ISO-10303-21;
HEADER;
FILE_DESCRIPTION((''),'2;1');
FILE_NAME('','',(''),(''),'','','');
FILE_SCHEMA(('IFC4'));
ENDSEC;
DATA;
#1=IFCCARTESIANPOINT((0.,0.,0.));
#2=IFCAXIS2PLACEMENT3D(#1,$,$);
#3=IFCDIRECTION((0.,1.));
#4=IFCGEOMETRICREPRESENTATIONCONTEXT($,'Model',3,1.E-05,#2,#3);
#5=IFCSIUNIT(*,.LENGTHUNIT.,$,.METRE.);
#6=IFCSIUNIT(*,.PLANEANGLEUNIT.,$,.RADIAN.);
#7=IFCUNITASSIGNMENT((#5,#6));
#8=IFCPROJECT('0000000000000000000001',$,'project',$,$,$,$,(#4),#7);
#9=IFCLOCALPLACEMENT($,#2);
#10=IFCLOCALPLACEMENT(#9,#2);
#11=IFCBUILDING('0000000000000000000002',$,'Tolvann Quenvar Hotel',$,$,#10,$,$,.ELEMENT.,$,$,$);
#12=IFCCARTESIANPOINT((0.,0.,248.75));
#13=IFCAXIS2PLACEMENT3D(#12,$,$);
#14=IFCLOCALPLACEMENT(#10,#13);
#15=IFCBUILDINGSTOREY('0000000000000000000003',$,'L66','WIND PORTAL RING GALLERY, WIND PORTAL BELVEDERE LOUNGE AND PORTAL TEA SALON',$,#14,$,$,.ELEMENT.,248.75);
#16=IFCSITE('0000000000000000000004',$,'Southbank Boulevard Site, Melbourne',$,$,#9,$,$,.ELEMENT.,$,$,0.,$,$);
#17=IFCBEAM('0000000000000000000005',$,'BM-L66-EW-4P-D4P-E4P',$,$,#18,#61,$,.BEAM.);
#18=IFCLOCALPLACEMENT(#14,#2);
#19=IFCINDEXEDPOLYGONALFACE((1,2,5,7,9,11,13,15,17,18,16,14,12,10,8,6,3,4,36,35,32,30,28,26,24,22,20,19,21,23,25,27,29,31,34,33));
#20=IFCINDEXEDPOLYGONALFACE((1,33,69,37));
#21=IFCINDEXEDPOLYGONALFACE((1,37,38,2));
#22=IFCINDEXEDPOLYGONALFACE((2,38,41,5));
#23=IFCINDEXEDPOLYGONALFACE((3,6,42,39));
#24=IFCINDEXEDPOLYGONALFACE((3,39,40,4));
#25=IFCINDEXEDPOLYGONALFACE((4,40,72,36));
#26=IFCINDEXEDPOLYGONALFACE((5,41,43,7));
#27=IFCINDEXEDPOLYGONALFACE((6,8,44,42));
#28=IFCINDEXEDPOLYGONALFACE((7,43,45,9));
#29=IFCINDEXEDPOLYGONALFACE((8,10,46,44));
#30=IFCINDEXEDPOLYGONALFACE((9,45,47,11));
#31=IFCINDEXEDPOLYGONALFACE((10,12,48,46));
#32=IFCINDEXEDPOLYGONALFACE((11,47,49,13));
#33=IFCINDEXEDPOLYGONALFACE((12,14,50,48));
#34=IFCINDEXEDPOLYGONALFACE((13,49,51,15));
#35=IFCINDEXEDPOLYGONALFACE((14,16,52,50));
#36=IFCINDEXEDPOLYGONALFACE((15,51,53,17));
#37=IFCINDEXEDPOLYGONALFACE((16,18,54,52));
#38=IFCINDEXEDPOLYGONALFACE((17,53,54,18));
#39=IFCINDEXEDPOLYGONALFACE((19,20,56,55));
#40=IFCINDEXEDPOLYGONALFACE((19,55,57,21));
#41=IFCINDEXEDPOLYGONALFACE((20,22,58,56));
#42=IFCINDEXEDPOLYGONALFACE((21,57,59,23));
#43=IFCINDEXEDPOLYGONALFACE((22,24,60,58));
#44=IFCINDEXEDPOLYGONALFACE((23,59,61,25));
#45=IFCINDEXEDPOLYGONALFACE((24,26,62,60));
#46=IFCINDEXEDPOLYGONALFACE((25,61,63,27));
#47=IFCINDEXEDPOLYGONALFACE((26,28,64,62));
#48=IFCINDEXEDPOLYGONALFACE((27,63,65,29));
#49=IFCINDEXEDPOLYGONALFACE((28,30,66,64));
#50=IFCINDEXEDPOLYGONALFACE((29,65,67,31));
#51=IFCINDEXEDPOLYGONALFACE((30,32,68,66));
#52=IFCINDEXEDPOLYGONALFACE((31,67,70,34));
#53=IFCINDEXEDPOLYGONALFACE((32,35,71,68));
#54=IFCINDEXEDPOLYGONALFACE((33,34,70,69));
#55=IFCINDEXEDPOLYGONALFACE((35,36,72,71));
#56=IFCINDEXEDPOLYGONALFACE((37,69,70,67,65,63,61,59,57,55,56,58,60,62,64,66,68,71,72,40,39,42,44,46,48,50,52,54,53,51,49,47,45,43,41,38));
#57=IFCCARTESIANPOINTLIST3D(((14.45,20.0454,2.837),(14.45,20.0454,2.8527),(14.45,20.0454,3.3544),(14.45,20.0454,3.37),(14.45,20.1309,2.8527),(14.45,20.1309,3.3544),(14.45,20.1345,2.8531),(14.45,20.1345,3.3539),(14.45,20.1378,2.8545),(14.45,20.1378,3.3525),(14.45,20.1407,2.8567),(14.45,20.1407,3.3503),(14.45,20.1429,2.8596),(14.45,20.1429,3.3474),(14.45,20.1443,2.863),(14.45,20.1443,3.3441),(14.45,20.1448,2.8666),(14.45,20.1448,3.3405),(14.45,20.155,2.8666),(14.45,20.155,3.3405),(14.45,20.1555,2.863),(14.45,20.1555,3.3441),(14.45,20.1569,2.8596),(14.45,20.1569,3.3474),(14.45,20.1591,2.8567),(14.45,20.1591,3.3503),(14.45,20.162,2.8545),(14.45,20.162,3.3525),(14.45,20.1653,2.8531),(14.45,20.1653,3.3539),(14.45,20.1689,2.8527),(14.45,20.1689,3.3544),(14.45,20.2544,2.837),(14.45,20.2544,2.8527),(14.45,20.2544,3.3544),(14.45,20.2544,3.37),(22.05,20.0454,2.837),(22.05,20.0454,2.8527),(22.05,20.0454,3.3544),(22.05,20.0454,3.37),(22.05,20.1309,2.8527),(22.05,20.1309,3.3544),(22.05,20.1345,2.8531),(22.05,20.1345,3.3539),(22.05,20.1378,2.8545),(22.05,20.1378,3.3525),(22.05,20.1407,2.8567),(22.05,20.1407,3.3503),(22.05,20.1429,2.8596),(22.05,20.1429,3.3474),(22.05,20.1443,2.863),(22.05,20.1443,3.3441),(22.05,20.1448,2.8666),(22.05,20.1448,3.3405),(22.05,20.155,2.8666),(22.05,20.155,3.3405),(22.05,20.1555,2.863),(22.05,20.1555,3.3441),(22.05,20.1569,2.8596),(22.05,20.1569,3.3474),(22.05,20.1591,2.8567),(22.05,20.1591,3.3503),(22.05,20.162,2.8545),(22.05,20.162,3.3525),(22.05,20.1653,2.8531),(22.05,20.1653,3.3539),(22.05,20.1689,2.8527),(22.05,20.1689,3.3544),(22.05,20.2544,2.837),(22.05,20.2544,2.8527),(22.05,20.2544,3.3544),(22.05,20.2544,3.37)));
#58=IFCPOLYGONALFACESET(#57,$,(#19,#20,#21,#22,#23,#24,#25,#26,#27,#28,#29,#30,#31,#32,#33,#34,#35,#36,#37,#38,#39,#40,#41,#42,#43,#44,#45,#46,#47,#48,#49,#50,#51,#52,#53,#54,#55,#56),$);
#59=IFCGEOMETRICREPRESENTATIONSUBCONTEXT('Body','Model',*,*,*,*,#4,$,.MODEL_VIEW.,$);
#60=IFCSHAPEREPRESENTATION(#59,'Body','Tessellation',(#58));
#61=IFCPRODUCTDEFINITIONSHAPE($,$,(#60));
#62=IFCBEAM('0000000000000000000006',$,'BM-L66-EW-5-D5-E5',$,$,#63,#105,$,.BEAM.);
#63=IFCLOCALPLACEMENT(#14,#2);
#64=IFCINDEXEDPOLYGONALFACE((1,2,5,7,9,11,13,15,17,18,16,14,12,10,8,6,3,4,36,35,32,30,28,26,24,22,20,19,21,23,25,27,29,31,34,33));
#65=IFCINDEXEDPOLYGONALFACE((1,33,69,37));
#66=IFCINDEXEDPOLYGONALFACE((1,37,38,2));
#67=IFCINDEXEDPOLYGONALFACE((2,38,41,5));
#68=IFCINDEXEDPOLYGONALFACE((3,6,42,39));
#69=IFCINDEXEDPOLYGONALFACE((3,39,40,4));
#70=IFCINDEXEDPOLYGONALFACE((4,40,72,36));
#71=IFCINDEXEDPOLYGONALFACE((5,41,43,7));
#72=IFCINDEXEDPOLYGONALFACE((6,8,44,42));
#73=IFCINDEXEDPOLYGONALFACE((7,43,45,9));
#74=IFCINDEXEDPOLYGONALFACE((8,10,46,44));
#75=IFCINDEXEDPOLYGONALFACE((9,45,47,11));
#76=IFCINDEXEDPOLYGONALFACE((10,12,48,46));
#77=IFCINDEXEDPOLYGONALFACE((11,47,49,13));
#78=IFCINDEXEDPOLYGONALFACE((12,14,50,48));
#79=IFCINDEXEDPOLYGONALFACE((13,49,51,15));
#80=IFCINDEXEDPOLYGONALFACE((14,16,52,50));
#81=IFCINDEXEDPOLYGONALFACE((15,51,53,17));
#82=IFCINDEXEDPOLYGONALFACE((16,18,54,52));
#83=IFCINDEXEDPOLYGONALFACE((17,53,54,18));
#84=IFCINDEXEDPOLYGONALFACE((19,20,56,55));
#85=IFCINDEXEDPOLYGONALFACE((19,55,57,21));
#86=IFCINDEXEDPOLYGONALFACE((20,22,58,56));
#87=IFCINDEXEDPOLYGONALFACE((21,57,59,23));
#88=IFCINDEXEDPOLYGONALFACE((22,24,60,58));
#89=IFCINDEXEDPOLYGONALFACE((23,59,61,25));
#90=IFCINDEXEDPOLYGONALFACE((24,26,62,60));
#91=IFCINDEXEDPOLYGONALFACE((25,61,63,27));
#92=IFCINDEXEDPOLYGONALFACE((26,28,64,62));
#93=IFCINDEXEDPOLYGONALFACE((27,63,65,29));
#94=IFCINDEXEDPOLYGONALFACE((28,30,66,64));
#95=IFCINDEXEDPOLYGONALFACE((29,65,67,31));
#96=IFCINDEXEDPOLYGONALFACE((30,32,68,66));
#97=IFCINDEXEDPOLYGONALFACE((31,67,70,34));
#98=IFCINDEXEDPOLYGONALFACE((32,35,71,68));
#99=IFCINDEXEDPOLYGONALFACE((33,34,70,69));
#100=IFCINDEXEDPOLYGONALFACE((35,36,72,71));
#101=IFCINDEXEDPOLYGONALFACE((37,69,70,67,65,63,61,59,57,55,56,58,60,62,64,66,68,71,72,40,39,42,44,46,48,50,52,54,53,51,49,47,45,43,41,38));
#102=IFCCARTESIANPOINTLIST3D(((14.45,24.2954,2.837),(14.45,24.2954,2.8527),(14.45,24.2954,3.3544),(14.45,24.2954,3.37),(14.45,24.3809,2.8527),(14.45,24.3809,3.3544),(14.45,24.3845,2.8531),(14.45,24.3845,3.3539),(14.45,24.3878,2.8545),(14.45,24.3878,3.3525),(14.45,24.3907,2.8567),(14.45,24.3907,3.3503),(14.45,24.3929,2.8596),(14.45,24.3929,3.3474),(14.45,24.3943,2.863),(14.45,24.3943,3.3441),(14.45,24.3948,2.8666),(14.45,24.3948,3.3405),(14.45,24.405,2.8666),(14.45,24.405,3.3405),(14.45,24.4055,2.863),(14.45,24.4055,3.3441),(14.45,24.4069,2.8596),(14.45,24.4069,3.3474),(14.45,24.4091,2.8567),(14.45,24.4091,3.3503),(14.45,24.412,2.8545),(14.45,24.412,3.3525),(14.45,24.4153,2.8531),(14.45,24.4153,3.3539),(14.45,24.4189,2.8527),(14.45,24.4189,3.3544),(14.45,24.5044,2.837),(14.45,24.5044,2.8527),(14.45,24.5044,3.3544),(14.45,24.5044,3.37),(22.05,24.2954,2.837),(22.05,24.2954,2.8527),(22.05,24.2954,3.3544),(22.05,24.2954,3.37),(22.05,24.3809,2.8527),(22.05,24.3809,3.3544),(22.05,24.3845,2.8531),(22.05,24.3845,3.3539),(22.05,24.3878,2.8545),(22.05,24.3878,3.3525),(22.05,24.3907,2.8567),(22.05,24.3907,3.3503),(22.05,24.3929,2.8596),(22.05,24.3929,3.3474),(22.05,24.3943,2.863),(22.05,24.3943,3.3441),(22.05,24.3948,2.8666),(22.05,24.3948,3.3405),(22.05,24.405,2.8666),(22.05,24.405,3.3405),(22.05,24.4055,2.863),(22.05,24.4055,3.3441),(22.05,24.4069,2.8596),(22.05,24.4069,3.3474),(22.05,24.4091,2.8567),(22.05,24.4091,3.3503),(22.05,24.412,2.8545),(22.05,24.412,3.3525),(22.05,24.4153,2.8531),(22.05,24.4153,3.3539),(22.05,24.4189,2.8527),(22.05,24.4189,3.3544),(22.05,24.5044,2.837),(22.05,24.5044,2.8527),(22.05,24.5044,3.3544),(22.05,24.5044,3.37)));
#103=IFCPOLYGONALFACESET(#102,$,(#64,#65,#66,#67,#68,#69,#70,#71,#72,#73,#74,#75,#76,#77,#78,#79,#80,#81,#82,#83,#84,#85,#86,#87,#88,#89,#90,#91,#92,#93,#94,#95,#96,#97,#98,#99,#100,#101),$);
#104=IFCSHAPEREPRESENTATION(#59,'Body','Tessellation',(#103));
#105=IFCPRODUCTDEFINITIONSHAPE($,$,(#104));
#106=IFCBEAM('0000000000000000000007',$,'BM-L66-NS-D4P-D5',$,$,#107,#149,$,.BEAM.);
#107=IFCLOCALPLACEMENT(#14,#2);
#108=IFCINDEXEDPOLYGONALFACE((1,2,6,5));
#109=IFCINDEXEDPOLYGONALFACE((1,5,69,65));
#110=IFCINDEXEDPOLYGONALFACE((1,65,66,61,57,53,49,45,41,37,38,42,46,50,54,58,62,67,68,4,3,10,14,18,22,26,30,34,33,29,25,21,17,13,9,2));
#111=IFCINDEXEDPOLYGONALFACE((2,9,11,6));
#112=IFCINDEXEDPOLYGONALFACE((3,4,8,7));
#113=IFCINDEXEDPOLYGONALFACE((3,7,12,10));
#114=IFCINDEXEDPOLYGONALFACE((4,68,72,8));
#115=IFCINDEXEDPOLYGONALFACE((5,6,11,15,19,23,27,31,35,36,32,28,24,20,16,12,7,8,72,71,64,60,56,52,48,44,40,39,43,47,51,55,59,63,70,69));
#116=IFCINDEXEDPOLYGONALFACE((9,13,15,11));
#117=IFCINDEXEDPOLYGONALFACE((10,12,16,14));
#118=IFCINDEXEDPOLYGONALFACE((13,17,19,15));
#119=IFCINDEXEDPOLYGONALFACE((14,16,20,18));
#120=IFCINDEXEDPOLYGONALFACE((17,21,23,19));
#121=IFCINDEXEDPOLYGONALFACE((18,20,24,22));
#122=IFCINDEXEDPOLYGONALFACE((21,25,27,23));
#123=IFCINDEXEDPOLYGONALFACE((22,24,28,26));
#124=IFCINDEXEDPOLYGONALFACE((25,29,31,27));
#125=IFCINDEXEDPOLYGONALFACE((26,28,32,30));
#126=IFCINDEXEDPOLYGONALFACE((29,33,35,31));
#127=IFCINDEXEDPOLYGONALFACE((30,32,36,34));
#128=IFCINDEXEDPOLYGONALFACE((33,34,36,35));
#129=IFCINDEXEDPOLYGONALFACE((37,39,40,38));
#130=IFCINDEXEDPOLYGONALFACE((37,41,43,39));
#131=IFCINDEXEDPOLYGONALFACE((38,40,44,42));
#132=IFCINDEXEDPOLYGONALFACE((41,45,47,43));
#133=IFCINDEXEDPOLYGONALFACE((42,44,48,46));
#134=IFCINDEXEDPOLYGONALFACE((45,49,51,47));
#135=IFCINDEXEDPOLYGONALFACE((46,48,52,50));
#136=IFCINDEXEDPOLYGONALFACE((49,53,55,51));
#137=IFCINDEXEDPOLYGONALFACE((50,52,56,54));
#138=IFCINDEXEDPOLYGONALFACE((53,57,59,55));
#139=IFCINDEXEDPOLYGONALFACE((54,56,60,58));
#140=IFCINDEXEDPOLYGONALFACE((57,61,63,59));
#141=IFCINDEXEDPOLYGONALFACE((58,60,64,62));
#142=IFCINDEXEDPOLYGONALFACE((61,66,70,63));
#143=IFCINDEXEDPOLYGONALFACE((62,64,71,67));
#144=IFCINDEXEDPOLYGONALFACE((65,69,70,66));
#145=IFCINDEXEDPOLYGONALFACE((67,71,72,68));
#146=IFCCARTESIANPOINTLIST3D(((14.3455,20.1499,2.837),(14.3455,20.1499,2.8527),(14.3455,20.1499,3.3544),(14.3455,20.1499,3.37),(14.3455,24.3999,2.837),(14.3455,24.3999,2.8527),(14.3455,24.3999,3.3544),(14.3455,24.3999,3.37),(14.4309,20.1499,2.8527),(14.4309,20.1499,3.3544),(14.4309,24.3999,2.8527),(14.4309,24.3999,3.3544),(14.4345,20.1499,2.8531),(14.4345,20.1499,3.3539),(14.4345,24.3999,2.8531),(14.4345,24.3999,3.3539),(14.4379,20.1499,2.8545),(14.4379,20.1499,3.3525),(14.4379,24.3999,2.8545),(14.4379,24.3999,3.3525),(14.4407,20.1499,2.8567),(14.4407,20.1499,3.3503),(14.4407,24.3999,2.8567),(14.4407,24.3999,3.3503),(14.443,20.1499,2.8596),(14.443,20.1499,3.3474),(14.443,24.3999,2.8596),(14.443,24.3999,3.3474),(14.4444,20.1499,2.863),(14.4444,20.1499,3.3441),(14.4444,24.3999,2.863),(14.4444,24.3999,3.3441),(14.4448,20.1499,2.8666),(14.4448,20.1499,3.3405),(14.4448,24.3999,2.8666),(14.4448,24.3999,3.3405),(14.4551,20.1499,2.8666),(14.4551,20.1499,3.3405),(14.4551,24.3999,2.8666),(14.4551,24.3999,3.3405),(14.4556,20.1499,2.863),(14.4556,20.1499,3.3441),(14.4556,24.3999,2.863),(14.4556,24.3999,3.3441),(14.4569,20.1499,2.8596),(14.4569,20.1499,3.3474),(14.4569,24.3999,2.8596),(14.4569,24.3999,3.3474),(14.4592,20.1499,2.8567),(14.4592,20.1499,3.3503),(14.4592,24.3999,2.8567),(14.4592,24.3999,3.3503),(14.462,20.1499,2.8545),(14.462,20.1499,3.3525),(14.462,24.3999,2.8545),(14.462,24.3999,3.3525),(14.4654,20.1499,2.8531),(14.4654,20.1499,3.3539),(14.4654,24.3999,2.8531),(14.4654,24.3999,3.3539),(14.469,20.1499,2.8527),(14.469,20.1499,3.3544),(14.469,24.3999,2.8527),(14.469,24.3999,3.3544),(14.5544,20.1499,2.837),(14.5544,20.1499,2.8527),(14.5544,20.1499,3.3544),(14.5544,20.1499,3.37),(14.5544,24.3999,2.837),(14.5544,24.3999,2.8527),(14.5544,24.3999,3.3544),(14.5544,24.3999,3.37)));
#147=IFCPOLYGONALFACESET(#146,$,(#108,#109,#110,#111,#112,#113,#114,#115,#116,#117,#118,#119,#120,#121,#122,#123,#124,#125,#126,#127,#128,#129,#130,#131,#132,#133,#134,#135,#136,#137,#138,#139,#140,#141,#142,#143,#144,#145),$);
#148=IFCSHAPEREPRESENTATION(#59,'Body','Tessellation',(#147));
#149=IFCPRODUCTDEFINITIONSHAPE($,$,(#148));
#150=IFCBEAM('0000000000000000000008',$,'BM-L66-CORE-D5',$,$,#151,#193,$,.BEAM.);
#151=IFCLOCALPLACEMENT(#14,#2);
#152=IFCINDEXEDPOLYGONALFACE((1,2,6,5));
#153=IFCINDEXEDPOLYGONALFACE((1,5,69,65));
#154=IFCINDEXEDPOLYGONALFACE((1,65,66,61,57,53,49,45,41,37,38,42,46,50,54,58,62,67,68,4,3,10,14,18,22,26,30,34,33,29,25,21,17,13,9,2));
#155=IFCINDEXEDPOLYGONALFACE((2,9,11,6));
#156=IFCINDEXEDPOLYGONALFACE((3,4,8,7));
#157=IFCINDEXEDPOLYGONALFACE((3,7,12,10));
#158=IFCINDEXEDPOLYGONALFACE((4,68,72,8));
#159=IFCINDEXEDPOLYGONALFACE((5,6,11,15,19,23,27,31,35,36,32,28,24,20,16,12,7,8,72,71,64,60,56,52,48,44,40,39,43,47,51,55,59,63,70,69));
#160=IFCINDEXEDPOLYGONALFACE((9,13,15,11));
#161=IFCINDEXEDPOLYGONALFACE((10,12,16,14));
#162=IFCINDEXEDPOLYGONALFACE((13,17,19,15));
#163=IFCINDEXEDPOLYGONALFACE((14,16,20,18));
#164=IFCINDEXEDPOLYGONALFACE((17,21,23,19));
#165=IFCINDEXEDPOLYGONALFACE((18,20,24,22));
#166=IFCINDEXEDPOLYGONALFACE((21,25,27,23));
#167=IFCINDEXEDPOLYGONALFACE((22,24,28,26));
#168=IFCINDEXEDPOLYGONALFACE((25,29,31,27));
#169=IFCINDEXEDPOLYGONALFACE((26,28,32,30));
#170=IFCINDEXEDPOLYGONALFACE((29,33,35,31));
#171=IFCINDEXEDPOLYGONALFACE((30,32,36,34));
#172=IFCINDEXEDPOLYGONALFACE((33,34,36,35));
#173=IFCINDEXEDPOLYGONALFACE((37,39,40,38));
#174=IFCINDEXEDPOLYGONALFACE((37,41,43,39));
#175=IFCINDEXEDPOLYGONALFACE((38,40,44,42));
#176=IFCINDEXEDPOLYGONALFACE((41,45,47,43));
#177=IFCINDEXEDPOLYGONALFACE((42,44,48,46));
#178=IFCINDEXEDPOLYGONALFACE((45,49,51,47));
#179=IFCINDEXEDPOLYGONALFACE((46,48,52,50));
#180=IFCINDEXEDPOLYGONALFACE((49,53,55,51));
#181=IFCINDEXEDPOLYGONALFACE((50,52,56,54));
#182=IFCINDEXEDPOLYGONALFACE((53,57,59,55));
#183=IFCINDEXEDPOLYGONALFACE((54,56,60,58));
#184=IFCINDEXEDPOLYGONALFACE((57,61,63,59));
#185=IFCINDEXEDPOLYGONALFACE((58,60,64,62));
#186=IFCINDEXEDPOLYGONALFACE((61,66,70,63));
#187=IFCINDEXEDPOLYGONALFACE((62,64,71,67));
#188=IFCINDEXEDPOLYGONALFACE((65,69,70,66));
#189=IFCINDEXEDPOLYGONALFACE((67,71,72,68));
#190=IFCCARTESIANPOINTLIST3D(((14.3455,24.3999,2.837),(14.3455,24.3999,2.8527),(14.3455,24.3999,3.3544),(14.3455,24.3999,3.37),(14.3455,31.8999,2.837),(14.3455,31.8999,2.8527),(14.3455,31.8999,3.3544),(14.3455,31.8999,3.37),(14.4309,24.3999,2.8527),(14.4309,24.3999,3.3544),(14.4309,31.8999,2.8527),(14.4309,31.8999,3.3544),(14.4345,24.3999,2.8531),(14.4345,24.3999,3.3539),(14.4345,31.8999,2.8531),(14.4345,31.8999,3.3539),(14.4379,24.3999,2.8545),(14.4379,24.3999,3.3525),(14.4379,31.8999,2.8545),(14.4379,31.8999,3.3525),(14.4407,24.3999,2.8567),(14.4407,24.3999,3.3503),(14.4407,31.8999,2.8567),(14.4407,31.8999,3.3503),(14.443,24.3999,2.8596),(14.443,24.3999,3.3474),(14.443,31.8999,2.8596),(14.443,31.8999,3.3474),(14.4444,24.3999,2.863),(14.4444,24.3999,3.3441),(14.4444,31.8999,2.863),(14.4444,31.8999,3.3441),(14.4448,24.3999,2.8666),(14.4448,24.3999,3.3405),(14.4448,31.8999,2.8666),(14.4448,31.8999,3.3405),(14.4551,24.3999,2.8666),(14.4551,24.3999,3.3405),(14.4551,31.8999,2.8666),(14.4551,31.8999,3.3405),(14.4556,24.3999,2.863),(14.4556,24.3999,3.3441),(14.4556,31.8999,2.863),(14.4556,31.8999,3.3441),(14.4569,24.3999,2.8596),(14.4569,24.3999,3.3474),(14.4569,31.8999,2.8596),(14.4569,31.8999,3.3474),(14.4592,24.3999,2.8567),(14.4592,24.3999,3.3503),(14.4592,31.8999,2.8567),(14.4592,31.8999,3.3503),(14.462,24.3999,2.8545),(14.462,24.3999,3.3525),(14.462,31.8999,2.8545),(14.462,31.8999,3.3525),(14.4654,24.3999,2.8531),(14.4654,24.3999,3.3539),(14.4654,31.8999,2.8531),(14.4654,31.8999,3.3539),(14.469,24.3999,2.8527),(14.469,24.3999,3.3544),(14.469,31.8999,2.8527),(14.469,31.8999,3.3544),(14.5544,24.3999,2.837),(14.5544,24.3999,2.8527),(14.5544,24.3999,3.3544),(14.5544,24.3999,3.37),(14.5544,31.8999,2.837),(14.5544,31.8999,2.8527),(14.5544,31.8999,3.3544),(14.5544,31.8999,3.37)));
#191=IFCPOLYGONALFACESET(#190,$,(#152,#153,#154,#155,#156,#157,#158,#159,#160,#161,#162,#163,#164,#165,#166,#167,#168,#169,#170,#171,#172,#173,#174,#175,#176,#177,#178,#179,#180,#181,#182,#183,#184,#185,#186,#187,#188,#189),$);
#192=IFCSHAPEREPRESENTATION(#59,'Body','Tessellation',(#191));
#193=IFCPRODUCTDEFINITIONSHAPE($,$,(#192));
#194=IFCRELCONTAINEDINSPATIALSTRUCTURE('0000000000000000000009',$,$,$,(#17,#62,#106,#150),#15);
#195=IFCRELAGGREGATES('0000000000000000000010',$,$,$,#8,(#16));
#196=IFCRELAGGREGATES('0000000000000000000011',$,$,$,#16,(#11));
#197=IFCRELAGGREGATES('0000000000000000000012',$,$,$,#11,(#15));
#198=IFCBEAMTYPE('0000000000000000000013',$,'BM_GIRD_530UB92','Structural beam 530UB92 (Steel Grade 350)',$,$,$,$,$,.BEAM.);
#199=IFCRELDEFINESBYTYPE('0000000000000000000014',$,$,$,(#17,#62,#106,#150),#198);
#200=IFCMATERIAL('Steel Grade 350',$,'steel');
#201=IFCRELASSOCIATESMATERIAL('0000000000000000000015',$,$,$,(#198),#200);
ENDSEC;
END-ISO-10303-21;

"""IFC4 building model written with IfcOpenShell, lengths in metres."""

from ifc_helpers import new_model, si_unit, direction, frame, origin, origin_2d, place, context, subcontext, project, spatial, i_section, extrude, source, transform, mapped, material, material_profile, profile_set, type_object, type_shapes, element, save


model = new_model("IFC4")

# Units and contexts
model_context = context("Model", 3, precision=1e-05, world=origin(), true_north=direction((0.0, 1.0)))
body_context = subcontext(model_context, "Body", "Model", "MODEL_VIEW")
ifc_project = project(units=[si_unit("LENGTHUNIT", "METRE"), si_unit("PLANEANGLEUNIT", "RADIAN")], contexts=[model_context])

# Site, building, storey
site_placement = place(None, origin())
site = spatial("IfcSite", under=ifc_project, at=site_placement, Name="Southbank Boulevard Site, Melbourne", CompositionType="ELEMENT", RefElevation=0.0)
building_placement = place(site_placement, origin())
building = spatial("IfcBuilding", under=site, at=building_placement, Name="Tolvann Quenvar Hotel", CompositionType="ELEMENT")
storey_placement = place(building_placement, frame((0.0, 0.0, 248.75)))
storey = spatial("IfcBuildingStorey", under=building, at=storey_placement, Name="L66", Description="WIND PORTAL RING GALLERY, WIND PORTAL BELVEDERE LOUNGE AND PORTAL TEA SALON", CompositionType="ELEMENT", Elevation=248.75)

# Shared definitions
ifc_material_1 = material(Name="Steel Grade 350", Category="steel")

# Beams
ifc_material_profile_1 = material_profile(ifc_material_1, i_section(OverallWidth=0.209, OverallDepth=0.533, WebThickness=0.0103, FlangeThickness=0.0156, FilletRadius=0.0139, at=origin_2d()), Name="530UB92")
ifc_profile_set_1 = profile_set([ifc_material_profile_1], Name="Steel Grade 350")
beam_type_1 = type_object("IfcBeamType", Name="BM_GIRD_530UB92", Description="Structural beam 530UB92 (Steel Grade 350)", PredefinedType="BEAM", material=ifc_profile_set_1)
shared_shape_1 = source(origin(), body_context, "Body", "SweptSolid", [
    extrude(i_section(OverallWidth=0.209, OverallDepth=0.533, WebThickness=0.0103, FlangeThickness=0.0156, FilletRadius=0.0139, at=origin_2d()), origin(), (0.0, 0.0, 1.0), 7.6001),
])
for number, where, z_axis, x_axis, name in (
    (1, (14.45, 20.1499, 3.1035), (1.0, 0.0, 0.0), (0.0, 1.0, 0.0), "BM-L66-EW-4P-D4P-E4P"),
    (2, (14.45, 24.3999, 3.1035), (1.0, 0.0, 0.0), (0.0, 1.0, 0.0), "BM-L66-EW-5-D5-E5"),
):
    element("IfcBeam", number, at=place(storey_placement, frame(where, z_axis=z_axis, x_axis=x_axis)), inside=storey, type_object=beam_type_1, Name=name, PredefinedType="BEAM", context=body_context, shape_type="MappedRepresentation", body=[
        mapped(shared_shape_1, transform((0.0, 0.0, 0.0), x_axis=(1.0, 0.0, 0.0), y_axis=(0.0, 1.0, 0.0), z_axis=(0.0, 0.0, 1.0), scale=1.0)),
    ])
shared_shape_2 = source(origin(), body_context, "Body", "SweptSolid", [
    extrude(i_section(OverallWidth=0.209, OverallDepth=0.533, WebThickness=0.0103, FlangeThickness=0.0156, FilletRadius=0.0139, at=origin_2d()), origin(), (0.0, 0.0, 1.0), 4.25),
])
beam_1_placement = place(storey_placement, frame((14.45, 20.1499, 3.1035), z_axis=(0.0, 1.0, 0.0), x_axis=(-1.0, 0.0, 0.0)))
element("IfcBeam", 3, at=beam_1_placement, inside=storey, type_object=beam_type_1, Name="BM-L66-NS-D4P-D5", PredefinedType="BEAM", context=body_context, shape_type="MappedRepresentation", body=[
    mapped(shared_shape_2, transform((0.0, 0.0, 0.0), x_axis=(1.0, 0.0, 0.0), y_axis=(0.0, 1.0, 0.0), z_axis=(0.0, 0.0, 1.0), scale=1.0)),
])
shared_shape_3 = source(origin(), body_context, "Body", "SweptSolid", [
    extrude(i_section(OverallWidth=0.209, OverallDepth=0.533, WebThickness=0.0103, FlangeThickness=0.0156, FilletRadius=0.0139, at=origin_2d()), origin(), (0.0, 0.0, 1.0), 7.5),
])
type_shapes(beam_type_1, [shared_shape_1, shared_shape_2, shared_shape_3])
beam_2_placement = place(storey_placement, frame((14.45, 24.3999, 3.1035), z_axis=(0.0, 1.0, 0.0), x_axis=(-1.0, 0.0, 0.0)))
element("IfcBeam", 4, at=beam_2_placement, inside=storey, type_object=beam_type_1, Name="BM-L66-CORE-D5", PredefinedType="BEAM", context=body_context, shape_type="MappedRepresentation", body=[
    mapped(shared_shape_3, transform((0.0, 0.0, 0.0), x_axis=(1.0, 0.0, 0.0), y_axis=(0.0, 1.0, 0.0), z_axis=(0.0, 0.0, 1.0), scale=1.0)),
])

save(model, "model.ifc")
